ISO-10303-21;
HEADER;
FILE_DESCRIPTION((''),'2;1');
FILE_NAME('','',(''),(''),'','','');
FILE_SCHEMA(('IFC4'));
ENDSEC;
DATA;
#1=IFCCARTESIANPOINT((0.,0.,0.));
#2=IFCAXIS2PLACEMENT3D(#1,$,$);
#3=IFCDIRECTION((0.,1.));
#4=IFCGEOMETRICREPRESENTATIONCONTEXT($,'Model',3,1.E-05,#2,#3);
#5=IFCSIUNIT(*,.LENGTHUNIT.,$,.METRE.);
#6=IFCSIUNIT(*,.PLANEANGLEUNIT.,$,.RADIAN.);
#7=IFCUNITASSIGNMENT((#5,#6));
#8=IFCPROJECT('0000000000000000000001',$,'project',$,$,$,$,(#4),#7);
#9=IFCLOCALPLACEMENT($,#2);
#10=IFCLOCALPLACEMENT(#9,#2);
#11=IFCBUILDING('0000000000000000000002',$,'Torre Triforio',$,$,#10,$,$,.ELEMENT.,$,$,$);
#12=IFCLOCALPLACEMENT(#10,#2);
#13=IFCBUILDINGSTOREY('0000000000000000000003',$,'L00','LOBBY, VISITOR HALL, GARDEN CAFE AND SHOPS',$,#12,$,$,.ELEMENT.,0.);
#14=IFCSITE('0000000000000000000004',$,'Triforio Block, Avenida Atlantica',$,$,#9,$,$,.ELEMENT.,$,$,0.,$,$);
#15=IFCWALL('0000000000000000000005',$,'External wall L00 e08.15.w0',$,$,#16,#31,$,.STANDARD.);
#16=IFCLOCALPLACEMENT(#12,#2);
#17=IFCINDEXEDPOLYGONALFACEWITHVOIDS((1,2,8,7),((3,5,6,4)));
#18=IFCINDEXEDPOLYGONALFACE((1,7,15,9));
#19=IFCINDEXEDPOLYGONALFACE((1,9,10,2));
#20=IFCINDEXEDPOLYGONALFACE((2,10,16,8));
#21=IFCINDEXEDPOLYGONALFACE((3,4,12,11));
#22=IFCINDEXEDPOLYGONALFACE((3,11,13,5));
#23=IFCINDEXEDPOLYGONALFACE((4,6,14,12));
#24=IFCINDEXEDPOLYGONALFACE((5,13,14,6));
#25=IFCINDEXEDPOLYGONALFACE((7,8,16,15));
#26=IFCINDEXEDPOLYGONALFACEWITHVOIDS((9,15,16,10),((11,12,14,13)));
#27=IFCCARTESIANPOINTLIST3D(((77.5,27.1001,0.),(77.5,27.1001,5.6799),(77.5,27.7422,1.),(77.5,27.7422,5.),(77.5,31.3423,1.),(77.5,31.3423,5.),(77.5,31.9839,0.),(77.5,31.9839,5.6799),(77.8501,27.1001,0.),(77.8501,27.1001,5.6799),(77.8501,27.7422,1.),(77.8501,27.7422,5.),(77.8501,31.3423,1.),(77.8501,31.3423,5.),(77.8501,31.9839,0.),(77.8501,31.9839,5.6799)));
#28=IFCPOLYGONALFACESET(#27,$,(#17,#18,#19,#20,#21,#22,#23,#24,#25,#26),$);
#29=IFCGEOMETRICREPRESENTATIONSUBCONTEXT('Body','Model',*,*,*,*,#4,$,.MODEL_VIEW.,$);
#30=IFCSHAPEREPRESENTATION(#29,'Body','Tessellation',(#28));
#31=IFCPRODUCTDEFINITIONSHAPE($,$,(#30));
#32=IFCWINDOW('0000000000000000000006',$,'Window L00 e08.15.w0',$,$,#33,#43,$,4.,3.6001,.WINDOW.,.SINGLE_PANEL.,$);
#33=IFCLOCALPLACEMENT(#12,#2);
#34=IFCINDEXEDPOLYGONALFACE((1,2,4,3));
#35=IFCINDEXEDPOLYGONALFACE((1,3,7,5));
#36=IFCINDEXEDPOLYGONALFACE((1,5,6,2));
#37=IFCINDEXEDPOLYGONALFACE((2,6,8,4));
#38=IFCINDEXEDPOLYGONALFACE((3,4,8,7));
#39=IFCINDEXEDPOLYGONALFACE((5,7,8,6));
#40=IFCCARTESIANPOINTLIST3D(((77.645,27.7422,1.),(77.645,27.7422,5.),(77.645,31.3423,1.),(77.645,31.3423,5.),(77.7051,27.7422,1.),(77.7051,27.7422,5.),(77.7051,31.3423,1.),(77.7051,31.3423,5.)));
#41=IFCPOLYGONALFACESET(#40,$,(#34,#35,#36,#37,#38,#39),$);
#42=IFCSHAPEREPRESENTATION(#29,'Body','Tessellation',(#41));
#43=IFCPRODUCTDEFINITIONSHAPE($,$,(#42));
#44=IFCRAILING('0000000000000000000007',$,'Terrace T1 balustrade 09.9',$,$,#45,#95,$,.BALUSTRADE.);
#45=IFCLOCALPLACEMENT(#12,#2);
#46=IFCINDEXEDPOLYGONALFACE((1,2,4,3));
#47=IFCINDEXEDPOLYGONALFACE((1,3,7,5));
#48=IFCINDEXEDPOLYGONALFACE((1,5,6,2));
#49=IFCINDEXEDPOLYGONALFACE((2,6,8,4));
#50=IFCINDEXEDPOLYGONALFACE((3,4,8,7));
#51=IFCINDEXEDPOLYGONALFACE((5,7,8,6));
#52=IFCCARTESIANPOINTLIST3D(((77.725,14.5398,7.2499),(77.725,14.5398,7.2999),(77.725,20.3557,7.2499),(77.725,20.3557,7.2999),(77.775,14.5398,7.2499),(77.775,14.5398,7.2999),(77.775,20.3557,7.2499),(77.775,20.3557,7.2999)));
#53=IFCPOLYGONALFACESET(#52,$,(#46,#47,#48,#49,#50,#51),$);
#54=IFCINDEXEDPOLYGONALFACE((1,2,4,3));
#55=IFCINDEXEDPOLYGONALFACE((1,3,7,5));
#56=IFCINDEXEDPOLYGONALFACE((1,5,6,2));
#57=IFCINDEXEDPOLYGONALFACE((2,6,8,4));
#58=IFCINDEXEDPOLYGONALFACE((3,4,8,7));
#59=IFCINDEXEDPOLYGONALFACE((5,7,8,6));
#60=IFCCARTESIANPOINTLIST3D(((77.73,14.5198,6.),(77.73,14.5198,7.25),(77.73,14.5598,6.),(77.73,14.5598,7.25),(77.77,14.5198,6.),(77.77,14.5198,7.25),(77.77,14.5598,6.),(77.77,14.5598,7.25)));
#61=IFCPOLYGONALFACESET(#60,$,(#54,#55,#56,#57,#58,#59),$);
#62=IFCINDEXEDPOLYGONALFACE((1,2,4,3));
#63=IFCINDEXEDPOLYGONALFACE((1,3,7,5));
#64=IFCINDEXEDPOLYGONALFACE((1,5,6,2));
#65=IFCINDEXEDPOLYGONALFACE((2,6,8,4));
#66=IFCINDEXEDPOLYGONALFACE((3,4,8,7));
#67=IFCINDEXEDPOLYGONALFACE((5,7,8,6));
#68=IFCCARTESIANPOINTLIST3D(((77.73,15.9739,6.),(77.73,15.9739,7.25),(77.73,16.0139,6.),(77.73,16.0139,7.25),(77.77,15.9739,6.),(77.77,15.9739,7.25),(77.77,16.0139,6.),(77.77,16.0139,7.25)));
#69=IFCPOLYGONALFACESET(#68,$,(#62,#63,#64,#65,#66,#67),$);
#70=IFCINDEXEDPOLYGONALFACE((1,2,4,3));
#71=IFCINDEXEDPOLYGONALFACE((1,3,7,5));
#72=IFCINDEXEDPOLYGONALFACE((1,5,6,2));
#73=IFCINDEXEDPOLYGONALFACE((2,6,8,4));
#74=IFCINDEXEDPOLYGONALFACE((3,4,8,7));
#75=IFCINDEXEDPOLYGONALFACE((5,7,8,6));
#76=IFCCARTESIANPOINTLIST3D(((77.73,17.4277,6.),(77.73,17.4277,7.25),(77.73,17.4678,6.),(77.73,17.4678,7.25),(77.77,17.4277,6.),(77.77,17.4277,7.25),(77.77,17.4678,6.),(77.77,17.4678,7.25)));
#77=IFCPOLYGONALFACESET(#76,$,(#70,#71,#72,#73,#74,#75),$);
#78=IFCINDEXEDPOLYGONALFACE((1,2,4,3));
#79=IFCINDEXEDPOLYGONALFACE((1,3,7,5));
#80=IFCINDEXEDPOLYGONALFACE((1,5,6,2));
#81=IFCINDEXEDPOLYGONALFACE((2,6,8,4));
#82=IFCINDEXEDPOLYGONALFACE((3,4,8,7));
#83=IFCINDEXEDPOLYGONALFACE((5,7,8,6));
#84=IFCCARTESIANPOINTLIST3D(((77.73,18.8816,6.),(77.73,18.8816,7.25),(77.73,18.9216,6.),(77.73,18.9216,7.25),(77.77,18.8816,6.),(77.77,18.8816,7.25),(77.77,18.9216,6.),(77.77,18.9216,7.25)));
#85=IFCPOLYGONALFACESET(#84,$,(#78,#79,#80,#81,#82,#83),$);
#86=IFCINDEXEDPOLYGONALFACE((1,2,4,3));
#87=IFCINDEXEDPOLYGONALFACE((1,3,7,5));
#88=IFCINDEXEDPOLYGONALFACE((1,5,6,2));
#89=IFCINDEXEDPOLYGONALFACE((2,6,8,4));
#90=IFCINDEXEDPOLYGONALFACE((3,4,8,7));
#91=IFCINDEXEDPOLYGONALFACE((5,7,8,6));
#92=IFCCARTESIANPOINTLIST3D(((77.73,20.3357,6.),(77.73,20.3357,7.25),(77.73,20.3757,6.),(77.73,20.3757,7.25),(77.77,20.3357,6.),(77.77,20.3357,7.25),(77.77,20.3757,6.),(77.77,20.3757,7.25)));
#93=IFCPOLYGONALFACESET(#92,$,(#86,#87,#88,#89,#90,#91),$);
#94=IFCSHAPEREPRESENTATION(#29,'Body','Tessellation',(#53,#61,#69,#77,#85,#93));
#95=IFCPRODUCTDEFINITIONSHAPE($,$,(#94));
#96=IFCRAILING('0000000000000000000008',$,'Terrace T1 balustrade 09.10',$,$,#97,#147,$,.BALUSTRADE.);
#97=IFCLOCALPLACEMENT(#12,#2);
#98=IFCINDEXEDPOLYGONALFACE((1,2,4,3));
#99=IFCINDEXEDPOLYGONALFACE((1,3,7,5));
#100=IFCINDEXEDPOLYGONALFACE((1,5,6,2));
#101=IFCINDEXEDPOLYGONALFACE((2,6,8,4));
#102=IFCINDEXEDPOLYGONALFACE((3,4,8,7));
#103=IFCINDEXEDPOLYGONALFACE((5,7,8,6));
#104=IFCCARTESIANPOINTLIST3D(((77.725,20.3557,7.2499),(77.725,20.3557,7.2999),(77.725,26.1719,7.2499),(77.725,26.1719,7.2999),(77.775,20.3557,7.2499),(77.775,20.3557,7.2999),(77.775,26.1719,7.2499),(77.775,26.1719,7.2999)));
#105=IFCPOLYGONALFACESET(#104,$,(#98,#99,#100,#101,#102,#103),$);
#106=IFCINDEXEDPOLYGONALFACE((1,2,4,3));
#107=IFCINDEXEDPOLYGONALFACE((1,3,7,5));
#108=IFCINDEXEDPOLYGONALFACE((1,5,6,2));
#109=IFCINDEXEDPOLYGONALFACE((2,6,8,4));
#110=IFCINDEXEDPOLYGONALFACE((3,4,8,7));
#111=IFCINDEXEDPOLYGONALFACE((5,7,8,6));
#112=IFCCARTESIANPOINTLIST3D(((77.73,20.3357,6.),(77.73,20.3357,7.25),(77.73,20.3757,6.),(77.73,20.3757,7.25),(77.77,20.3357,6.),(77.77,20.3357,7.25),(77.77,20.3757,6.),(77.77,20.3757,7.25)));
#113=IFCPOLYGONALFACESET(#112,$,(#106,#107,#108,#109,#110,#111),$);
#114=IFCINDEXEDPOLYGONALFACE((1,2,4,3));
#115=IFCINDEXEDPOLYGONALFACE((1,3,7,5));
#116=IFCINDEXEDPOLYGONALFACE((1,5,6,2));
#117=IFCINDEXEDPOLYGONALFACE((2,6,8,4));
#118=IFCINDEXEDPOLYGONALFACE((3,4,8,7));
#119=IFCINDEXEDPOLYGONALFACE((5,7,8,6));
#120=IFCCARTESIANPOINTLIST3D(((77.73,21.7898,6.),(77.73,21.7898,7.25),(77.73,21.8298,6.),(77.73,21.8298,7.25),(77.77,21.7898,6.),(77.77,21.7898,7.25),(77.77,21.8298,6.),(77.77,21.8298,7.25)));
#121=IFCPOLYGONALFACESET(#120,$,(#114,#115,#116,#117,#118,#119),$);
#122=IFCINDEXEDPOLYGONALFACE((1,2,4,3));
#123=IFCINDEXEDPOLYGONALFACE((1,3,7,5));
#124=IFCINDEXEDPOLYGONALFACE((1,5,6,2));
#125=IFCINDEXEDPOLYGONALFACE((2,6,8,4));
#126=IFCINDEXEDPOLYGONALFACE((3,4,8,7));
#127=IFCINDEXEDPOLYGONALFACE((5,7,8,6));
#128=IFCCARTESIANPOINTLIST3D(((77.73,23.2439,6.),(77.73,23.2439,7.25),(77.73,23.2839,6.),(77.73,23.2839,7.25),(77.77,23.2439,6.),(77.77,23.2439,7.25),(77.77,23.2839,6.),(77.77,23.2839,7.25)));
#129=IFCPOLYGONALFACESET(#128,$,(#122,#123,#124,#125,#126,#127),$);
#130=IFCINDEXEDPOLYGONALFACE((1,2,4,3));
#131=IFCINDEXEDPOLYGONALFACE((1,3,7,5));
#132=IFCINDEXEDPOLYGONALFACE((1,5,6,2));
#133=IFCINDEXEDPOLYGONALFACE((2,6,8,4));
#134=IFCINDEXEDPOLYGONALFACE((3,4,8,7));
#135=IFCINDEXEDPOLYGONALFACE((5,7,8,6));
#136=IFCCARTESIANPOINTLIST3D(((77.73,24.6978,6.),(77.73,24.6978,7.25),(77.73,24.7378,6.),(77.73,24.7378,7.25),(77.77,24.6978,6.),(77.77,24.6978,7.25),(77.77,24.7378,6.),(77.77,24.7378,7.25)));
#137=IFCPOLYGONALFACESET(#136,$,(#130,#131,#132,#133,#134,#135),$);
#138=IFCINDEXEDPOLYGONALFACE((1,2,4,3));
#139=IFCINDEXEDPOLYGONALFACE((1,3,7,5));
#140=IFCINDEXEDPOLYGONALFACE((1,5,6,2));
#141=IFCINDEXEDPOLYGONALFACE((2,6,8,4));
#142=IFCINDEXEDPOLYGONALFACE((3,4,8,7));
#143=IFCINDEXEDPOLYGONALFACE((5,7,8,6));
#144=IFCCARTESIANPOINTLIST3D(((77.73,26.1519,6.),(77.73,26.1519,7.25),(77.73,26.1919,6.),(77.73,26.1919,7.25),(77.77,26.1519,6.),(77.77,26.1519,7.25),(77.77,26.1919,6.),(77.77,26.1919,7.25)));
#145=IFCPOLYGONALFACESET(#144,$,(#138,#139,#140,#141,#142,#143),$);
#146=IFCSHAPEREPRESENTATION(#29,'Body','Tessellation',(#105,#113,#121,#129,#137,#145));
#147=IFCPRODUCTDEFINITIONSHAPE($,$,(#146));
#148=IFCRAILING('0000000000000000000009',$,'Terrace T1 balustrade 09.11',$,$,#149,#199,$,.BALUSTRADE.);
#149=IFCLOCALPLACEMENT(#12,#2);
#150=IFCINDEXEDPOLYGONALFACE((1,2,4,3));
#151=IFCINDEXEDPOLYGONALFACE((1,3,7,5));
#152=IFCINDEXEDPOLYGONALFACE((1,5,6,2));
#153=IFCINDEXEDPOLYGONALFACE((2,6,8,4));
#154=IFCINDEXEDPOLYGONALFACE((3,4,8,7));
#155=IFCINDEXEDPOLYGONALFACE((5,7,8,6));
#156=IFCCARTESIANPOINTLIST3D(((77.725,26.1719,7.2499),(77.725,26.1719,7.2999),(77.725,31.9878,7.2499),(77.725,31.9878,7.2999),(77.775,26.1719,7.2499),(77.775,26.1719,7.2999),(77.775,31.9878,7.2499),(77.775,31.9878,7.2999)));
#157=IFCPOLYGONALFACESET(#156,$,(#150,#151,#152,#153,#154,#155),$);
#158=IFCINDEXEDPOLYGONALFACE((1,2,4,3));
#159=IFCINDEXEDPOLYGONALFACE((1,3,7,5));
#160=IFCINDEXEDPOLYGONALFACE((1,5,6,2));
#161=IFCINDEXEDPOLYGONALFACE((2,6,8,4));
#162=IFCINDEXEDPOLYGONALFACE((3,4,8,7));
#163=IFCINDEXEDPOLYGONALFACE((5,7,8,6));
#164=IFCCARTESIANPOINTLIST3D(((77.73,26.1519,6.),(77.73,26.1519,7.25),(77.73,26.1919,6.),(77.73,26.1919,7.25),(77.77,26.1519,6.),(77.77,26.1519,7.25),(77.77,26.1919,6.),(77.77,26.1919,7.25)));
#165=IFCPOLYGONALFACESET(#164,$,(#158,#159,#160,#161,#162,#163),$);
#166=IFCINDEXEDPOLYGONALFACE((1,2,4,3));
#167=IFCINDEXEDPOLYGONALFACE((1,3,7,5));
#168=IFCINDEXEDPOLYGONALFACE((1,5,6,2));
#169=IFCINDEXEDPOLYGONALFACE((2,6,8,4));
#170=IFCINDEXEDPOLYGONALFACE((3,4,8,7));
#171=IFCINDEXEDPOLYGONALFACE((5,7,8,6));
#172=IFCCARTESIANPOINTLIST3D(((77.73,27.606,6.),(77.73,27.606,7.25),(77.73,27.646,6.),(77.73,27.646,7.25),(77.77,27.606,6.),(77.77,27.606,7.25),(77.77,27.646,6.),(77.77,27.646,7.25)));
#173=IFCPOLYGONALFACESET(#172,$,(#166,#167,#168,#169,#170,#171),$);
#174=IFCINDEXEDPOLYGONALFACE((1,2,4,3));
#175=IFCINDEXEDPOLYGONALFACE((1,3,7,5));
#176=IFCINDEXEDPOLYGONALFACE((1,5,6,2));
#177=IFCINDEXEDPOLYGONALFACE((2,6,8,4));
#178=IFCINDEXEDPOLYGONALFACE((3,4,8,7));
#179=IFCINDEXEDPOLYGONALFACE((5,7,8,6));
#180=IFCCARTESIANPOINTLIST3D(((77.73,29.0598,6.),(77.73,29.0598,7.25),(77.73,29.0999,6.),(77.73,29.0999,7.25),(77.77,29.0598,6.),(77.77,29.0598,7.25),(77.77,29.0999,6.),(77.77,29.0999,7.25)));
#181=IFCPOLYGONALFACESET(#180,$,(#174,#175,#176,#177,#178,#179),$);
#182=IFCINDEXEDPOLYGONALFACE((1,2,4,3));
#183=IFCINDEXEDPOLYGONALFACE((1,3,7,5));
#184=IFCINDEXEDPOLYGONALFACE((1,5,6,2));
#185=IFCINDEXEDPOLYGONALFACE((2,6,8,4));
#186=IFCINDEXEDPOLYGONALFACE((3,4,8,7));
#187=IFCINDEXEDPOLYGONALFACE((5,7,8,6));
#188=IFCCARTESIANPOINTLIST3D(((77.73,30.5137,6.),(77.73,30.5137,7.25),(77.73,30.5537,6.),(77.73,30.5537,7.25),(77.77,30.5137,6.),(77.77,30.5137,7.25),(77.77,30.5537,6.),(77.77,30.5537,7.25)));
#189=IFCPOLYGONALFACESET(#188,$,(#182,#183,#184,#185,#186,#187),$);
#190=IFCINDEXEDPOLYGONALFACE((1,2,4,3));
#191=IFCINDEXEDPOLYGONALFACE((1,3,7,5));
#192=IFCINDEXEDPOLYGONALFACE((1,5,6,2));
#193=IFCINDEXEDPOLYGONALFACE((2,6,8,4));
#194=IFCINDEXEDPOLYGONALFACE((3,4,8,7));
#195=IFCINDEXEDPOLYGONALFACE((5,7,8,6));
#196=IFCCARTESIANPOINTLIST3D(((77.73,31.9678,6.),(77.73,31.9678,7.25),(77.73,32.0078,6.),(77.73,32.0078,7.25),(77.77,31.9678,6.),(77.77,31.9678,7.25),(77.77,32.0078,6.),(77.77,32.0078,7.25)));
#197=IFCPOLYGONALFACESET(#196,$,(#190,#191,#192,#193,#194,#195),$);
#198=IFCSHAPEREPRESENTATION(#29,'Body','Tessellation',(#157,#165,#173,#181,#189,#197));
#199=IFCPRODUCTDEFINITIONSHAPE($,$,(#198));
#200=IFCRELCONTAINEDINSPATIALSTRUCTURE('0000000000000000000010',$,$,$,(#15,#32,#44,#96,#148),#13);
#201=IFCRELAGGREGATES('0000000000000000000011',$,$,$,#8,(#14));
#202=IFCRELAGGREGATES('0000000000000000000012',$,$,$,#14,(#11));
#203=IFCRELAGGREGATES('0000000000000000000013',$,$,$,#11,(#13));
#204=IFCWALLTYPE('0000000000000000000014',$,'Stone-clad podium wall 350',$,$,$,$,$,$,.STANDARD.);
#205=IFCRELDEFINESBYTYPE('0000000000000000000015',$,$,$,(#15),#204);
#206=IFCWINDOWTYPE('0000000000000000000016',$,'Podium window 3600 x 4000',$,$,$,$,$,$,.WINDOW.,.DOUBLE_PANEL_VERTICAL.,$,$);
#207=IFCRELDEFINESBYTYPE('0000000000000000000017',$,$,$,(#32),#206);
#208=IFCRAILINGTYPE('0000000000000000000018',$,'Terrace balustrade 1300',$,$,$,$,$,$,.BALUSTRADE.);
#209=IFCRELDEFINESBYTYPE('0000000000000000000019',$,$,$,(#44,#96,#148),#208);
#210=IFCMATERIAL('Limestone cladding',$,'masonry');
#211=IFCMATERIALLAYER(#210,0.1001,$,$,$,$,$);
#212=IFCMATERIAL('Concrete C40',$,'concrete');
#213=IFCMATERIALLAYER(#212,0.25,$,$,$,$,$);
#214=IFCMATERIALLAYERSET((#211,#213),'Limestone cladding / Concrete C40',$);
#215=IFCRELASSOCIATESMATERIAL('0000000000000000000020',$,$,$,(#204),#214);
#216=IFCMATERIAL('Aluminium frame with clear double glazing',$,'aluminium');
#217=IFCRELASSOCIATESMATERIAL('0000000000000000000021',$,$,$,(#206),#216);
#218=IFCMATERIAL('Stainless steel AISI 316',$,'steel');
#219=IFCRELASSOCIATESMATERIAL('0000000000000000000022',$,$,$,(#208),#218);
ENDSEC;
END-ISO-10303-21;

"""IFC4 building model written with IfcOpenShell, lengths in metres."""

from ifc_helpers import new_model, si_unit, direction, frame, frame_2d, origin, origin_2d, place, context, subcontext, project, spatial, rectangle, extrude, material, layer, layer_set, type_object, element, fill, save


model = new_model("IFC4")

# Units and contexts
model_context = context("Model", 3, precision=1e-05, world=origin(), true_north=direction((0.0, 1.0)))
body_context = subcontext(model_context, "Body", "Model", "MODEL_VIEW")
ifc_project = project(units=[si_unit("LENGTHUNIT", "METRE"), si_unit("PLANEANGLEUNIT", "RADIAN")], contexts=[model_context])

# Site, building, storey
site_placement = place(None, origin())
site = spatial("IfcSite", under=ifc_project, at=site_placement, Name="Triforio Block, Avenida Atlantica", CompositionType="ELEMENT", RefElevation=0.0)
building_placement = place(site_placement, origin())
building = spatial("IfcBuilding", under=site, at=building_placement, Name="Torre Triforio", CompositionType="ELEMENT")
storey_placement = place(building_placement, origin())
storey = spatial("IfcBuildingStorey", under=building, at=storey_placement, Name="L00", Description="LOBBY, VISITOR HALL, GARDEN CAFE AND SHOPS", CompositionType="ELEMENT", Elevation=0.0)

# Shared definitions
ifc_material_1 = material(Name="Limestone cladding", Category="masonry")
ifc_layer_1 = layer(ifc_material_1, 0.1001)
ifc_material_2 = material(Name="Concrete C40", Category="concrete")
ifc_layer_2 = layer(ifc_material_2, 0.25)
ifc_layer_set_1 = layer_set([ifc_layer_1, ifc_layer_2], Name="Limestone cladding / Concrete C40")
wall_type = type_object("IfcWallType", Name="Stone-clad podium wall 350", PredefinedType="STANDARD", material=ifc_layer_set_1)

# Wall, opening, window
wall_1_placement = place(storey_placement, frame((77.675, 27.1001, 0.0), z_axis=(0.0, 0.0, 1.0), x_axis=(0.0, 1.0, 0.0)))
wall_1 = element("IfcWall", 1, at=wall_1_placement, inside=storey, type_object=wall_type, Name="External wall L00 e08.15.w0", PredefinedType="STANDARD", context=body_context, shape_type="SweptSolid", body=[
    extrude(rectangle(XDim=4.8838, YDim=0.3501, at=frame_2d((2.4419, 0.0))), origin(), (0.0, 0.0, 1.0), 5.6799),
])
opening_1_placement = place(wall_1_placement, frame((0.6421, 0.0, 1.0)))
opening_1 = element("IfcOpeningElement", 2, at=opening_1_placement, cuts=wall_1, PredefinedType="OPENING", context=body_context, shape_type="SweptSolid", body=[
    extrude(rectangle(XDim=3.6001, YDim=4.0, at=frame_2d((1.8, 2.0))), frame((0.0, 0.1851, 0.0), z_axis=(0.0, -1.0, 0.0), x_axis=(1.0, 0.0, 0.0)), (0.0, 0.0, 1.0), 0.3701),
])
ifc_material_3 = material(Name="Aluminium frame with clear double glazing", Category="aluminium")
window_type = type_object("IfcWindowType", Name="Podium window 3600 x 4000", PartitioningType="DOUBLE_PANEL_VERTICAL", PredefinedType="WINDOW", material=ifc_material_3)
window_placement = place(opening_1_placement, origin())
window = element("IfcWindow", 3, at=window_placement, inside=storey, type_object=window_type, Name="Window L00 e08.15.w0", OverallHeight=4.0, OverallWidth=3.6001, PartitioningType="SINGLE_PANEL", PredefinedType="WINDOW", context=body_context, shape_type="SweptSolid", body=[
    extrude(rectangle(XDim=3.6001, YDim=4.0, at=frame_2d((1.8, 2.0))), frame((0.0, 0.03, 0.0), z_axis=(0.0, -1.0, 0.0), x_axis=(1.0, 0.0, 0.0)), (0.0, 0.0, 1.0), 0.0601),
])
fill(opening_1, window)

# Railings
ifc_material_4 = material(Name="Stainless steel AISI 316", Category="steel")
railing_type = type_object("IfcRailingType", Name="Terrace balustrade 1300", PredefinedType="BALUSTRADE", material=ifc_material_4)
railing_1_placement = place(storey_placement, frame((77.75, 14.5398, 6.0)))
element("IfcRailing", 4, at=railing_1_placement, inside=storey, type_object=railing_type, Name="Terrace T1 balustrade 09.9", PredefinedType="BALUSTRADE", context=body_context, shape_type="SweptSolid", body=[
    extrude(rectangle(XDim=0.05, YDim=0.05, at=origin_2d()), frame((0.0, 0.0, 1.2749), z_axis=(0.0, 1.0, 0.0), x_axis=(-1.0, 0.0, 0.0)), (0.0, 0.0, 1.0), 5.8159),
    extrude(rectangle(XDim=0.04, YDim=0.04, at=origin_2d()), origin(), (0.0, 0.0, 1.0), 1.25),
    extrude(rectangle(XDim=0.04, YDim=0.04, at=origin_2d()), frame((0.0, 1.4541, 0.0)), (0.0, 0.0, 1.0), 1.25),
    extrude(rectangle(XDim=0.04, YDim=0.04, at=origin_2d()), frame((0.0, 2.908, 0.0)), (0.0, 0.0, 1.0), 1.25),
    extrude(rectangle(XDim=0.04, YDim=0.04, at=origin_2d()), frame((0.0, 4.3618, 0.0)), (0.0, 0.0, 1.0), 1.25),
    extrude(rectangle(XDim=0.04, YDim=0.04, at=origin_2d()), frame((0.0, 5.8159, 0.0)), (0.0, 0.0, 1.0), 1.25),
])
railing_2_placement = place(storey_placement, frame((77.75, 20.3557, 6.0)))
element("IfcRailing", 5, at=railing_2_placement, inside=storey, type_object=railing_type, Name="Terrace T1 balustrade 09.10", PredefinedType="BALUSTRADE", context=body_context, shape_type="SweptSolid", body=[
    extrude(rectangle(XDim=0.05, YDim=0.05, at=origin_2d()), frame((0.0, 0.0, 1.2749), z_axis=(0.0, 1.0, 0.0), x_axis=(-1.0, 0.0, 0.0)), (0.0, 0.0, 1.0), 5.8162),
    extrude(rectangle(XDim=0.04, YDim=0.04, at=origin_2d()), origin(), (0.0, 0.0, 1.0), 1.25),
    extrude(rectangle(XDim=0.04, YDim=0.04, at=origin_2d()), frame((0.0, 1.4541, 0.0)), (0.0, 0.0, 1.0), 1.25),
    extrude(rectangle(XDim=0.04, YDim=0.04, at=origin_2d()), frame((0.0, 2.9082, 0.0)), (0.0, 0.0, 1.0), 1.25),
    extrude(rectangle(XDim=0.04, YDim=0.04, at=origin_2d()), frame((0.0, 4.3621, 0.0)), (0.0, 0.0, 1.0), 1.25),
    extrude(rectangle(XDim=0.04, YDim=0.04, at=origin_2d()), frame((0.0, 5.8162, 0.0)), (0.0, 0.0, 1.0), 1.25),
])
railing_3_placement = place(storey_placement, frame((77.75, 26.1719, 6.0)))
element("IfcRailing", 6, at=railing_3_placement, inside=storey, type_object=railing_type, Name="Terrace T1 balustrade 09.11", PredefinedType="BALUSTRADE", context=body_context, shape_type="SweptSolid", body=[
    extrude(rectangle(XDim=0.05, YDim=0.05, at=origin_2d()), frame((0.0, 0.0, 1.2749), z_axis=(0.0, 1.0, 0.0), x_axis=(-1.0, 0.0, 0.0)), (0.0, 0.0, 1.0), 5.8159),
    extrude(rectangle(XDim=0.04, YDim=0.04, at=origin_2d()), origin(), (0.0, 0.0, 1.0), 1.25),
    extrude(rectangle(XDim=0.04, YDim=0.04, at=origin_2d()), frame((0.0, 1.4541, 0.0)), (0.0, 0.0, 1.0), 1.25),
    extrude(rectangle(XDim=0.04, YDim=0.04, at=origin_2d()), frame((0.0, 2.908, 0.0)), (0.0, 0.0, 1.0), 1.25),
    extrude(rectangle(XDim=0.04, YDim=0.04, at=origin_2d()), frame((0.0, 4.3618, 0.0)), (0.0, 0.0, 1.0), 1.25),
    extrude(rectangle(XDim=0.04, YDim=0.04, at=origin_2d()), frame((0.0, 5.8159, 0.0)), (0.0, 0.0, 1.0), 1.25),
])

save(model, "model.ifc")
